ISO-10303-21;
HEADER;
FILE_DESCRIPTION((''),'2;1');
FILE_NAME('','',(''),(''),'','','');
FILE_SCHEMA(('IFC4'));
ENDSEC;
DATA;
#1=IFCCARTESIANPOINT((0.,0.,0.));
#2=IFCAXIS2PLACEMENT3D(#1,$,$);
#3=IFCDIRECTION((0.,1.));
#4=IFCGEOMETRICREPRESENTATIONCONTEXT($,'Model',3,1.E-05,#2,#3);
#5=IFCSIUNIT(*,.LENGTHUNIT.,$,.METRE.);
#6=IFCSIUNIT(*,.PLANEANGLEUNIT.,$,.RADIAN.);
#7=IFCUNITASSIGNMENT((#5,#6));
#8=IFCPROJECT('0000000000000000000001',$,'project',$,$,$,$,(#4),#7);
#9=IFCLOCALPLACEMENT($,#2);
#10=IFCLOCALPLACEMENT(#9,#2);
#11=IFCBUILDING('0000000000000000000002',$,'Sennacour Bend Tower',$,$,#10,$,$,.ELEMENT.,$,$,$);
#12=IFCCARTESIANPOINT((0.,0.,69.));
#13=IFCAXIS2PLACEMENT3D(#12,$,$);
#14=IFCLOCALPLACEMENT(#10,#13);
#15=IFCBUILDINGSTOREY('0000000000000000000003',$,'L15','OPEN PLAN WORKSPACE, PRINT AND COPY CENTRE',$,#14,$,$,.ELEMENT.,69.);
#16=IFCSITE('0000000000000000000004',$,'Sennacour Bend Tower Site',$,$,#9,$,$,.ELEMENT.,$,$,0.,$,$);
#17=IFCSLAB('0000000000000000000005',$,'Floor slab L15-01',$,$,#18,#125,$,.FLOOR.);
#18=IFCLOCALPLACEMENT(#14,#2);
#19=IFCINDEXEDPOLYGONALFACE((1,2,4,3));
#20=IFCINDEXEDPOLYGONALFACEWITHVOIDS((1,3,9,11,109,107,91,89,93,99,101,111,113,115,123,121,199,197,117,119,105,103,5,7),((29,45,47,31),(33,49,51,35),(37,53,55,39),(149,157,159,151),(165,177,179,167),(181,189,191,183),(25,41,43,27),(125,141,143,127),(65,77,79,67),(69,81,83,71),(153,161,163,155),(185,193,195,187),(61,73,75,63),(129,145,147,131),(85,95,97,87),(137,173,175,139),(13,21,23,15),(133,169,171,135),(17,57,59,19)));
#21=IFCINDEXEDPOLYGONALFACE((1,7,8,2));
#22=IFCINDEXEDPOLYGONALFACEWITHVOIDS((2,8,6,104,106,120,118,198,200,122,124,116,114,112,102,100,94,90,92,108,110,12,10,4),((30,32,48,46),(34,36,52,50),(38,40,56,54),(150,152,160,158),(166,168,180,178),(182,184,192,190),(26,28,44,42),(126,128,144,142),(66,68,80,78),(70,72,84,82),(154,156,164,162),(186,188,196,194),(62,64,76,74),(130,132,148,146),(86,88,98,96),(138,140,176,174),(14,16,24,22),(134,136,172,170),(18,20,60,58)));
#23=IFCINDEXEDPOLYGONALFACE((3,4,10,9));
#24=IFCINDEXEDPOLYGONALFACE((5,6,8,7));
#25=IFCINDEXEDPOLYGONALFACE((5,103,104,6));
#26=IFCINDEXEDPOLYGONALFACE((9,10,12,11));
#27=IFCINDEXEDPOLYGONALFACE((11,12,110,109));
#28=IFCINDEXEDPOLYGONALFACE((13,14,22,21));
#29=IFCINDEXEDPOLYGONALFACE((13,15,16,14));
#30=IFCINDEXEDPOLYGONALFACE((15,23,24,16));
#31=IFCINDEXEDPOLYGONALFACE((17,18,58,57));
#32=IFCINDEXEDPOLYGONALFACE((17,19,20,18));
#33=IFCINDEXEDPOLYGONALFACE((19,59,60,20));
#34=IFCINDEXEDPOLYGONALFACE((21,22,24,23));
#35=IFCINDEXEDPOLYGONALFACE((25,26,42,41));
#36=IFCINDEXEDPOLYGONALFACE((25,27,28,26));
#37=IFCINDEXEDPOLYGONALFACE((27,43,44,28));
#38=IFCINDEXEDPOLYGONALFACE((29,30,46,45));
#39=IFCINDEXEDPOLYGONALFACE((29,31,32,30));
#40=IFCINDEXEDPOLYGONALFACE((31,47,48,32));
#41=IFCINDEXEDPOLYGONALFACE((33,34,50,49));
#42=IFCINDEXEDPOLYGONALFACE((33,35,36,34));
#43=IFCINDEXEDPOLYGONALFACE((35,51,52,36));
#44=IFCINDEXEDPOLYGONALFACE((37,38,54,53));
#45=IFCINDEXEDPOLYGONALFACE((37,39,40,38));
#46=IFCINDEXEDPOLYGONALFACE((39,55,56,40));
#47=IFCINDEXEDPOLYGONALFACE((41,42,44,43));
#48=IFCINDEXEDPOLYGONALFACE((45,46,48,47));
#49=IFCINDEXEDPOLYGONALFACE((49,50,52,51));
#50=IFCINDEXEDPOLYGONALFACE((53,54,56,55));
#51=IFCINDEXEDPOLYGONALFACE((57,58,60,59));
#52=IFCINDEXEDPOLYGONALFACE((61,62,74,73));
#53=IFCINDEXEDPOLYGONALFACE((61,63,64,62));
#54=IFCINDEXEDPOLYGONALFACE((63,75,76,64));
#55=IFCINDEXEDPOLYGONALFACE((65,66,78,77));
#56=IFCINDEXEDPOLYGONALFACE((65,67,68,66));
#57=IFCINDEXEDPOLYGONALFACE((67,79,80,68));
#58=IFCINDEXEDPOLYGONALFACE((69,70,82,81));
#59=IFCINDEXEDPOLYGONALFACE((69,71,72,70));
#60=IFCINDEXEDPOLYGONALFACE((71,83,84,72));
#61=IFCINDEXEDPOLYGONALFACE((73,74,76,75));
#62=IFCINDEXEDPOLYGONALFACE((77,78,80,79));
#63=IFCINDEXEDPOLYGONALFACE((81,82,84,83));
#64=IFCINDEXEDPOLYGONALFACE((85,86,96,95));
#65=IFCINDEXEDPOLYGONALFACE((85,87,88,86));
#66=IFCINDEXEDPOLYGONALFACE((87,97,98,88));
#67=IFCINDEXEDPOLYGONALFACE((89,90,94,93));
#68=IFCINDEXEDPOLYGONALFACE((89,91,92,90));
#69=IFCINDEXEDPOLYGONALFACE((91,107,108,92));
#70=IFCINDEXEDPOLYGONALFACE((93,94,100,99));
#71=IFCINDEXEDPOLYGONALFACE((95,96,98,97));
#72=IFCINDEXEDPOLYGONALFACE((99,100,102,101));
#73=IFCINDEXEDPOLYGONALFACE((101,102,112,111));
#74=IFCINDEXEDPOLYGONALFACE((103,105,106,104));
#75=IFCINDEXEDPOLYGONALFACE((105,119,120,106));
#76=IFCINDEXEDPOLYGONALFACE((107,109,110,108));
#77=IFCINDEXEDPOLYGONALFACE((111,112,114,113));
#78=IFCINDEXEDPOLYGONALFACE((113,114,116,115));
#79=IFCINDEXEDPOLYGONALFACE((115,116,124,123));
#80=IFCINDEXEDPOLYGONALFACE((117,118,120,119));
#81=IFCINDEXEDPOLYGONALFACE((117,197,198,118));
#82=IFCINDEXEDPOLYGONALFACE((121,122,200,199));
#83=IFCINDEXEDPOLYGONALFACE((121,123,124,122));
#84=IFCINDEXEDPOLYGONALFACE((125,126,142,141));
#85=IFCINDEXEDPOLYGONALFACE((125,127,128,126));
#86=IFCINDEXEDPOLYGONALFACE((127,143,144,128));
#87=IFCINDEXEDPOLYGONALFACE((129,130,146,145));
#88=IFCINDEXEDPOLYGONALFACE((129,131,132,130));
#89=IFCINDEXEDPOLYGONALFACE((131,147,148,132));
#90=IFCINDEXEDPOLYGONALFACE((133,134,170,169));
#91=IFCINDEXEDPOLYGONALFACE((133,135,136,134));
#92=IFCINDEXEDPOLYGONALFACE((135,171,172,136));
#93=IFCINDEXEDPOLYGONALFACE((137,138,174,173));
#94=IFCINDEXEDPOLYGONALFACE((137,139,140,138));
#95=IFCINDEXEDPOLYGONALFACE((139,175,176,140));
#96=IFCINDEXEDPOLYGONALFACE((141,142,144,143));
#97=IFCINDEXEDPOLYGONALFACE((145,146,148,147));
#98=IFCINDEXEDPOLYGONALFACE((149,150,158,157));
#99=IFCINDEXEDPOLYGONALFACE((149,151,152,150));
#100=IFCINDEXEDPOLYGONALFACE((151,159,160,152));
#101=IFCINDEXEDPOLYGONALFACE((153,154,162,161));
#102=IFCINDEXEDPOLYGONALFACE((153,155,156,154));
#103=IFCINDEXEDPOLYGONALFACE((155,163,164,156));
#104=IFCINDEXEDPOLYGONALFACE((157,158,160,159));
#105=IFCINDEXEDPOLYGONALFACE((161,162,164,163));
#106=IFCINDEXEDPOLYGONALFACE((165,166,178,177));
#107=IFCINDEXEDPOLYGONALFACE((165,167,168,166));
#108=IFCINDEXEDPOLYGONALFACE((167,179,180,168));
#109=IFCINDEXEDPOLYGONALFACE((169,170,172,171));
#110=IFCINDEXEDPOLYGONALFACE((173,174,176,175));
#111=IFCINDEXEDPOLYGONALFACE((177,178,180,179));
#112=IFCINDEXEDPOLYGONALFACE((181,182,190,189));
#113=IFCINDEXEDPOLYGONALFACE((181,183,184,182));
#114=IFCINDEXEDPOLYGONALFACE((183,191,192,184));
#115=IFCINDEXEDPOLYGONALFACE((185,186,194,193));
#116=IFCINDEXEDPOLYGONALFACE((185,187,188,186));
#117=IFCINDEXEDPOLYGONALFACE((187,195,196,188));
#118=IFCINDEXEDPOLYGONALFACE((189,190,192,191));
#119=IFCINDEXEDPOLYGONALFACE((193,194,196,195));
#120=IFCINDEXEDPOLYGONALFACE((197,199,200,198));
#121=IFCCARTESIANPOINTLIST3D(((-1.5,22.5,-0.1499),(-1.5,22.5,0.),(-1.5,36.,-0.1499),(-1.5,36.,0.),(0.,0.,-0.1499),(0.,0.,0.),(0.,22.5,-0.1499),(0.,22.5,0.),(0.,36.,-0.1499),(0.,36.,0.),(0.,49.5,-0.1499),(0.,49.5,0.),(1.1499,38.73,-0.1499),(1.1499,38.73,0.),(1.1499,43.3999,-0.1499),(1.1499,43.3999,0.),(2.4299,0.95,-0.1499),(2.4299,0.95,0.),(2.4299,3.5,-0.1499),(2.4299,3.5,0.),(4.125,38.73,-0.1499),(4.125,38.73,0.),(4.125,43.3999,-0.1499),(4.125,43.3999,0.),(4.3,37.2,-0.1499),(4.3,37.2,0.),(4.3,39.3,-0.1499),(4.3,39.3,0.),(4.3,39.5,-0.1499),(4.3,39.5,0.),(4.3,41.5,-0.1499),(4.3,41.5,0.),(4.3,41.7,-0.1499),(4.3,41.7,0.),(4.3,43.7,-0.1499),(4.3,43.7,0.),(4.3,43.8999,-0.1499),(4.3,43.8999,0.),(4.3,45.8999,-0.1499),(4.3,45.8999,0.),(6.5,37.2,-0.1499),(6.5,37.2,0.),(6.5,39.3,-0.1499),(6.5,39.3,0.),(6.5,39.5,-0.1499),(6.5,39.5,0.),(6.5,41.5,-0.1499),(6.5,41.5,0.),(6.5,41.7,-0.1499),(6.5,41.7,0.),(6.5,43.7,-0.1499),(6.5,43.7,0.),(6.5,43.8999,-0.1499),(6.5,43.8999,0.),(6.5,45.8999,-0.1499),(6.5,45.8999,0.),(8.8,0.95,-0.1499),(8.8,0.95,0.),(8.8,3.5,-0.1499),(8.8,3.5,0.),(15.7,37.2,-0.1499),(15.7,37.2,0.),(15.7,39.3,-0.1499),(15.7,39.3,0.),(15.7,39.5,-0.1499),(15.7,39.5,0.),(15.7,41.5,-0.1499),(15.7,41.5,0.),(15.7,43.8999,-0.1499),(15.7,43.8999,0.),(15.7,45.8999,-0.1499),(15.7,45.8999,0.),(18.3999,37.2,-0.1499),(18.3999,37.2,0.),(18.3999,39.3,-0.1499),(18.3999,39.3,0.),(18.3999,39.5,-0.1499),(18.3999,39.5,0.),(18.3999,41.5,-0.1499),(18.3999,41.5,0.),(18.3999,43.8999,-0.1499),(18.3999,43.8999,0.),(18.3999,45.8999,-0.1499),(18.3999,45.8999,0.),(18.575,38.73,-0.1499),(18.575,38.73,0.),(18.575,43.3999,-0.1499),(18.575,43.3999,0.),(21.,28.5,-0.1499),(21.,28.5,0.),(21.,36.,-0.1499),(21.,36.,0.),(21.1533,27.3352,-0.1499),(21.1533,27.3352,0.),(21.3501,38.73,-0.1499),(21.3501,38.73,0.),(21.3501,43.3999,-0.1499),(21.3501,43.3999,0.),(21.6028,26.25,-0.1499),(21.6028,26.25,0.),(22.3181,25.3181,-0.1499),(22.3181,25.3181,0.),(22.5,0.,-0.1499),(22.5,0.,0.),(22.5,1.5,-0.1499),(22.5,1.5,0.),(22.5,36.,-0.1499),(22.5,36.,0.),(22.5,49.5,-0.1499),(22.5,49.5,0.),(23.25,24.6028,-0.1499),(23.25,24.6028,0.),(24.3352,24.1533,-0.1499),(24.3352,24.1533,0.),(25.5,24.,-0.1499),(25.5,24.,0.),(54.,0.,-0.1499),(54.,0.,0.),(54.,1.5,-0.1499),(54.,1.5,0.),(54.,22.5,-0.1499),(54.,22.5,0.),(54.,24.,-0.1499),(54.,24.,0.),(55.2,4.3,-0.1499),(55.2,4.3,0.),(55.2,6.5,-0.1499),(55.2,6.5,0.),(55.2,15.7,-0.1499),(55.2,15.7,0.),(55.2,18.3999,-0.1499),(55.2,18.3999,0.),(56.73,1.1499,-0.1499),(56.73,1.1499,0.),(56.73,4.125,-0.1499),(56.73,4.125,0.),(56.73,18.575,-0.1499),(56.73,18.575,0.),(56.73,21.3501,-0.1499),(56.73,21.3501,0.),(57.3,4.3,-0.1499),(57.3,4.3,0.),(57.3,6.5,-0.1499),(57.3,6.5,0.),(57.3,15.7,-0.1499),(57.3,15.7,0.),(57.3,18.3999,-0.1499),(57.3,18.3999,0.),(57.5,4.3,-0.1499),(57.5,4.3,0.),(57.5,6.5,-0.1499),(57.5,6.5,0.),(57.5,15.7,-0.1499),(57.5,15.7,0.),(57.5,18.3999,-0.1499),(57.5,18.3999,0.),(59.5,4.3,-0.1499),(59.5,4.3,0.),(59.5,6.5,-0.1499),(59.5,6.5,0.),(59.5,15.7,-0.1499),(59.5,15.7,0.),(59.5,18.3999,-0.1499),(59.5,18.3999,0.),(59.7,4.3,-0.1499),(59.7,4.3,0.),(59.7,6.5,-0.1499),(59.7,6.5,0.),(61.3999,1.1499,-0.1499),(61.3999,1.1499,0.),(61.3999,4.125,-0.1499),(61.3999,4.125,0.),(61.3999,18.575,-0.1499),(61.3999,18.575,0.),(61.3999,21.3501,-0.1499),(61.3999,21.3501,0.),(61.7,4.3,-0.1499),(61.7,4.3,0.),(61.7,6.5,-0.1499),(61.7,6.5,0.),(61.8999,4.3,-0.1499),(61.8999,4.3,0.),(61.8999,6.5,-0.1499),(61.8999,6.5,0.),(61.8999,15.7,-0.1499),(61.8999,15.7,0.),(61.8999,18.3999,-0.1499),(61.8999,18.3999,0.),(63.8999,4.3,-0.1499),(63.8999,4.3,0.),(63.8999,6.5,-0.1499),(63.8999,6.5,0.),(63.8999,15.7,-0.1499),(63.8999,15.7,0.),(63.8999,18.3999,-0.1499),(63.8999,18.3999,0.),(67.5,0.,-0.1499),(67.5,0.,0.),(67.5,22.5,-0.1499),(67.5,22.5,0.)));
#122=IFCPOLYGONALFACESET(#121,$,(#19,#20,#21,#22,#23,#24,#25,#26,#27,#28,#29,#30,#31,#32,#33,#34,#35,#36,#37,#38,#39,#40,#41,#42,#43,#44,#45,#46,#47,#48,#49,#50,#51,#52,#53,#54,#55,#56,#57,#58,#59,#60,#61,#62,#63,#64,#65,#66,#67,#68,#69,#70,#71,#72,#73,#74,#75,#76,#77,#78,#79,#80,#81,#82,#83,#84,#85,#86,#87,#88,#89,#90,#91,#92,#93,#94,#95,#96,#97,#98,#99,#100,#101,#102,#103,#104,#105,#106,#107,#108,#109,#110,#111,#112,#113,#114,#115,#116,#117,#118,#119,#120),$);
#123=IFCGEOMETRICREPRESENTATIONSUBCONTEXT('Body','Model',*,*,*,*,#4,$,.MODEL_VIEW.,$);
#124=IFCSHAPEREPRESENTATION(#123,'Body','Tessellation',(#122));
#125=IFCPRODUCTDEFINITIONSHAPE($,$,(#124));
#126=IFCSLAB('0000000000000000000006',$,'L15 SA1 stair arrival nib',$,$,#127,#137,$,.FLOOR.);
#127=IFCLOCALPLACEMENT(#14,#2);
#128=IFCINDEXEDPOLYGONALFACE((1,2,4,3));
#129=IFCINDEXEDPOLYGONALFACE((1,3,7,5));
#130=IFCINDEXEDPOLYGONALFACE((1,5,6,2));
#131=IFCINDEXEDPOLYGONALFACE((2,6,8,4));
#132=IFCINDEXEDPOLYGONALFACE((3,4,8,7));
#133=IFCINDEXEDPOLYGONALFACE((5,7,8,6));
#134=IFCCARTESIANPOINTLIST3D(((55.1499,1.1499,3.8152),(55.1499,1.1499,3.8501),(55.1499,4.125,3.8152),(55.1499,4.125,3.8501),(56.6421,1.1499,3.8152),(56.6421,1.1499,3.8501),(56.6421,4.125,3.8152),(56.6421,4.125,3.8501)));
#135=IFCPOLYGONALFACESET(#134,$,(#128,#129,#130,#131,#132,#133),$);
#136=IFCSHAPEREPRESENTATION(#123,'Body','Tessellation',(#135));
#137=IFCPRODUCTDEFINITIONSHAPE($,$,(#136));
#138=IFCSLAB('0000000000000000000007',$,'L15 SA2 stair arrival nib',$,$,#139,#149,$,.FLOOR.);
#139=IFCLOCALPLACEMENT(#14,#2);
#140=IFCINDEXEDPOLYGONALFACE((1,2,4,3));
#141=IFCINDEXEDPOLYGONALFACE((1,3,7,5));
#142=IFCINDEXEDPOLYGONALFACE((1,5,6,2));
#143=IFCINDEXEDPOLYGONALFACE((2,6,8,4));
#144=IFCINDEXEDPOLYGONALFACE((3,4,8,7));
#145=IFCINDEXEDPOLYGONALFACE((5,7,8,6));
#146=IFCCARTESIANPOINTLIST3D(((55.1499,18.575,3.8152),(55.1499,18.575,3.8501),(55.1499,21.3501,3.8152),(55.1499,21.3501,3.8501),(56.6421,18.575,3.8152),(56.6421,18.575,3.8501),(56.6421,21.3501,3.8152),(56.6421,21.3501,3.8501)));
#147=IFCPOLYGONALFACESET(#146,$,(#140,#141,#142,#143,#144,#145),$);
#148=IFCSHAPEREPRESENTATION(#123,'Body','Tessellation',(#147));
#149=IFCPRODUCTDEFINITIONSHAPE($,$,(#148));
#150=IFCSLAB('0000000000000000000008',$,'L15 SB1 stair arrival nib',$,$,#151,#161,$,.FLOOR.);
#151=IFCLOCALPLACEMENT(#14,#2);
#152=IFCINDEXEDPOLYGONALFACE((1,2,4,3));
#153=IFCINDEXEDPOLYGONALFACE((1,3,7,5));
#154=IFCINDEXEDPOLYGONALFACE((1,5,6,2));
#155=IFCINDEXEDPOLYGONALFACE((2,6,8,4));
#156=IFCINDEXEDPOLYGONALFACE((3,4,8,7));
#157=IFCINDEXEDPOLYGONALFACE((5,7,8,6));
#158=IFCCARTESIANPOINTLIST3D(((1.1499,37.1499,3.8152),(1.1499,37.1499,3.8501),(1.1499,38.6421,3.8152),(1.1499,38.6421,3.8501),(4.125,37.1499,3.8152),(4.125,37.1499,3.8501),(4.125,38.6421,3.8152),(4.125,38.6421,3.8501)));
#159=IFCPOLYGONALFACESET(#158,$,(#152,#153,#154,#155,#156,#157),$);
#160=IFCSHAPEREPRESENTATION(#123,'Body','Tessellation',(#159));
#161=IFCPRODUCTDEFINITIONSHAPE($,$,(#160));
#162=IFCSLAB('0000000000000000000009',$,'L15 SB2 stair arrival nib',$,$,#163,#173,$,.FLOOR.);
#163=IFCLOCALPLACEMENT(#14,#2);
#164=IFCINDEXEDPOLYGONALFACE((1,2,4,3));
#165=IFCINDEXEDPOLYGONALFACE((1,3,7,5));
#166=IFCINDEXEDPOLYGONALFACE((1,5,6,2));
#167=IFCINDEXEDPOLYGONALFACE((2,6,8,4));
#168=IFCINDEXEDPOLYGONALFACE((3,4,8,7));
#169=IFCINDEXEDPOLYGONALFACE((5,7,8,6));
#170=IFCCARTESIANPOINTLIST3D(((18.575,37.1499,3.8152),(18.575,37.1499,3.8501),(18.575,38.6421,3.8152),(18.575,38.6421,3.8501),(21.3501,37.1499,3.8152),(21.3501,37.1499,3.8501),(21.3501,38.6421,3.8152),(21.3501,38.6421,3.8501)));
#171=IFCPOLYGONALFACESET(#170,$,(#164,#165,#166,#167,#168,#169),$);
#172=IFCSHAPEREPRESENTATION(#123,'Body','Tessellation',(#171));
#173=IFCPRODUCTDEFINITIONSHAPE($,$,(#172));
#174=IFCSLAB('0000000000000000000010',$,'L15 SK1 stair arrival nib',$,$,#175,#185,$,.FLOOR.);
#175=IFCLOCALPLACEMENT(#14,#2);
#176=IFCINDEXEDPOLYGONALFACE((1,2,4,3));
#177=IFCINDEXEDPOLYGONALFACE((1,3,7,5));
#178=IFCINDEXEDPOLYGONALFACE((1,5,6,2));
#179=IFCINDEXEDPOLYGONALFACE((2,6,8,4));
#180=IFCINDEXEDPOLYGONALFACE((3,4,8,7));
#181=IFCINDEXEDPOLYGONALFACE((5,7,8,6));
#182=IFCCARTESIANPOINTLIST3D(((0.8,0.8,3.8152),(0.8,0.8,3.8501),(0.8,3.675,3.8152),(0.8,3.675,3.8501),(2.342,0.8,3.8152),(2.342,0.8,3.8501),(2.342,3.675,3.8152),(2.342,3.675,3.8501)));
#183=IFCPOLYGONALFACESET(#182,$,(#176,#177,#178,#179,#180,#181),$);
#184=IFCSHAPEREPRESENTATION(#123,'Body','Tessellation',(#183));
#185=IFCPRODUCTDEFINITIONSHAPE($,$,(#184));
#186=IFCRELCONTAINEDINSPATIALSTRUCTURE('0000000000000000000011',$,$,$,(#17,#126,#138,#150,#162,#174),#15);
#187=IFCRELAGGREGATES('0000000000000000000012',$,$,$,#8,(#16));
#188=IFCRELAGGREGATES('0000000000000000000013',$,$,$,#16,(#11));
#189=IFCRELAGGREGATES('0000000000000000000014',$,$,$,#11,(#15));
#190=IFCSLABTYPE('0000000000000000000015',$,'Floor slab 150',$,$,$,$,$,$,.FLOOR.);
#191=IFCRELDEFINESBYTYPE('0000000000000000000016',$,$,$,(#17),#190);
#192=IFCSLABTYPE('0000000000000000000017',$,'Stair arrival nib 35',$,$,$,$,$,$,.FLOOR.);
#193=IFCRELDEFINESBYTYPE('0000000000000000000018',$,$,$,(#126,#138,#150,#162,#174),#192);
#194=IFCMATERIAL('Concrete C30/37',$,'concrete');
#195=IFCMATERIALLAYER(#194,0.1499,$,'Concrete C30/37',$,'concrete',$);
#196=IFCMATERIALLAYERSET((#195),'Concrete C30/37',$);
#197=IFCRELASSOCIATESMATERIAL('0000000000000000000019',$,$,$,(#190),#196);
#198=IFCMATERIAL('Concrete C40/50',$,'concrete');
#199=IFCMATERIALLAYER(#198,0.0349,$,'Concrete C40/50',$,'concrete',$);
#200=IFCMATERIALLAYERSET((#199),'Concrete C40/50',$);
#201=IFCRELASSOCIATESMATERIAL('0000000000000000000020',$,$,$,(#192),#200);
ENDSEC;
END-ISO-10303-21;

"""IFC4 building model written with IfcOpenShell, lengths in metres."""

from ifc_helpers import new_model, si_unit, direction, frame, origin, place, context, subcontext, project, spatial, polyline, outline, extrude, material, layer, layer_set, type_object, element, save


model = new_model("IFC4")

# Units and contexts
model_context = context("Model", 3, precision=1e-05, world=origin(), true_north=direction((0.0, 1.0)))
body_context = subcontext(model_context, "Body", "Model", "MODEL_VIEW")
ifc_project = project(units=[si_unit("LENGTHUNIT", "METRE"), si_unit("PLANEANGLEUNIT", "RADIAN")], contexts=[model_context])

# Site, building, storey
site_placement = place(None, origin())
site = spatial("IfcSite", under=ifc_project, at=site_placement, Name="Sennacour Bend Tower Site", CompositionType="ELEMENT", RefElevation=0.0)
building_placement = place(site_placement, origin())
building = spatial("IfcBuilding", under=site, at=building_placement, Name="Sennacour Bend Tower", CompositionType="ELEMENT")
storey_placement = place(building_placement, frame((0.0, 0.0, 69.0)))
storey = spatial("IfcBuildingStorey", under=building, at=storey_placement, Name="L15", Description="OPEN PLAN WORKSPACE, PRINT AND COPY CENTRE", CompositionType="ELEMENT", Elevation=69.0)

# Slabs
ifc_material_1 = material(Name="Concrete C30/37", Category="concrete")
ifc_layer_1 = layer(ifc_material_1, 0.1499, Name="Concrete C30/37", Category="concrete")
ifc_layer_set_1 = layer_set([ifc_layer_1], Name="Concrete C30/37")
slab_type_1 = type_object("IfcSlabType", Name="Floor slab 150", PredefinedType="FLOOR", material=ifc_layer_set_1)
slab_1_placement = place(storey_placement, frame((0.0, 0.0, -0.1499)))
element("IfcSlab", 1, at=slab_1_placement, inside=storey, type_object=slab_type_1, Name="Floor slab L15-01", PredefinedType="FLOOR", context=body_context, shape_type="SweptSolid", body=[
    extrude(outline(polyline([(0.0, 22.5), (-1.5, 22.5), (-1.5, 36.0), (0.0, 36.0), (0.0, 49.5), (22.5, 49.5), (22.5, 36.0), (21.0, 36.0), (21.0, 28.5), (21.1533, 27.3352), (21.6028, 26.25), (22.3181, 25.3181), (23.25, 24.6028), (24.3352, 24.1533), (25.5, 24.0), (54.0, 24.0), (54.0, 22.5), (67.5, 22.5), (67.5, 0.0), (54.0, 0.0), (54.0, 1.5), (22.5, 1.5), (22.5, 0.0), (0.0, 0.0), (0.0, 22.5)]), holes=[polyline([(8.8, 0.95), (8.8, 3.5), (2.4299, 3.5), (2.4299, 0.95), (8.8, 0.95)]), polyline([(6.5, 37.2), (6.5, 39.3), (4.3, 39.3), (4.3, 37.2), (6.5, 37.2)]), polyline([(18.3999, 37.2), (18.3999, 39.3), (15.7, 39.3), (15.7, 37.2), (18.3999, 37.2)]), polyline([(6.5, 39.5), (6.5, 41.5), (4.3, 41.5), (4.3, 39.5), (6.5, 39.5)]), polyline([(18.3999, 39.5), (18.3999, 41.5), (15.7, 41.5), (15.7, 39.5), (18.3999, 39.5)]), polyline([(4.125, 38.73), (4.125, 43.3999), (1.1499, 43.3999), (1.1499, 38.73), (4.125, 38.73)]), polyline([(21.3501, 38.73), (21.3501, 43.3999), (18.575, 43.3999), (18.575, 38.73), (21.3501, 38.73)]), polyline([(4.3, 41.7), (6.5, 41.7), (6.5, 43.7), (4.3, 43.7), (4.3, 41.7)]), polyline([(4.3, 43.8999), (6.5, 43.8999), (6.5, 45.8999), (4.3, 45.8999), (4.3, 43.8999)]), polyline([(18.3999, 43.8999), (18.3999, 45.8999), (15.7, 45.8999), (15.7, 43.8999), (18.3999, 43.8999)]), polyline([(61.3999, 1.1499), (61.3999, 4.125), (56.73, 4.125), (56.73, 1.1499), (61.3999, 1.1499)]), polyline([(57.3, 4.3), (57.3, 6.5), (55.2, 6.5), (55.2, 4.3), (57.3, 4.3)]), polyline([(57.5, 4.3), (59.5, 4.3), (59.5, 6.5), (57.5, 6.5), (57.5, 4.3)]), polyline([(59.7, 4.3), (61.7, 4.3), (61.7, 6.5), (59.7, 6.5), (59.7, 4.3)]), polyline([(63.8999, 4.3), (63.8999, 6.5), (61.8999, 6.5), (61.8999, 4.3), (63.8999, 4.3)]), polyline([(57.3, 15.7), (57.3, 18.3999), (55.2, 18.3999), (55.2, 15.7), (57.3, 15.7)]), polyline([(59.5, 15.7), (59.5, 18.3999), (57.5, 18.3999), (57.5, 15.7), (59.5, 15.7)]), polyline([(61.8999, 15.7), (63.8999, 15.7), (63.8999, 18.3999), (61.8999, 18.3999), (61.8999, 15.7)]), polyline([(56.73, 18.575), (61.3999, 18.575), (61.3999, 21.3501), (56.73, 21.3501), (56.73, 18.575)])]), origin(), (0.0, 0.0, 1.0), 0.1499),
])
ifc_material_2 = material(Name="Concrete C40/50", Category="concrete")
ifc_layer_2 = layer(ifc_material_2, 0.0349, Name="Concrete C40/50", Category="concrete")
ifc_layer_set_2 = layer_set([ifc_layer_2], Name="Concrete C40/50")
slab_type_2 = type_object("IfcSlabType", Name="Stair arrival nib 35", PredefinedType="FLOOR", material=ifc_layer_set_2)
slab_2_placement = place(storey_placement, frame((0.0, 0.0, 3.8152)))
element("IfcSlab", 2, at=slab_2_placement, inside=storey, type_object=slab_type_2, Name="L15 SA1 stair arrival nib", PredefinedType="FLOOR", context=body_context, shape_type="SweptSolid", body=[
    extrude(outline(polyline([(56.6421, 4.125), (55.1499, 4.125), (55.1499, 1.1499), (56.6421, 1.1499), (56.6421, 4.125)])), origin(), (0.0, 0.0, 1.0), 0.0349),
])
slab_3_placement = place(storey_placement, frame((0.0, 0.0, 3.8152)))
element("IfcSlab", 3, at=slab_3_placement, inside=storey, type_object=slab_type_2, Name="L15 SA2 stair arrival nib", PredefinedType="FLOOR", context=body_context, shape_type="SweptSolid", body=[
    extrude(outline(polyline([(56.6421, 21.3501), (55.1499, 21.3501), (55.1499, 18.575), (56.6421, 18.575), (56.6421, 21.3501)])), origin(), (0.0, 0.0, 1.0), 0.0349),
])
slab_4_placement = place(storey_placement, frame((0.0, 0.0, 3.8152)))
element("IfcSlab", 4, at=slab_4_placement, inside=storey, type_object=slab_type_2, Name="L15 SB1 stair arrival nib", PredefinedType="FLOOR", context=body_context, shape_type="SweptSolid", body=[
    extrude(outline(polyline([(1.1499, 38.6421), (1.1499, 37.1499), (4.125, 37.1499), (4.125, 38.6421), (1.1499, 38.6421)])), origin(), (0.0, 0.0, 1.0), 0.0349),
])
slab_5_placement = place(storey_placement, frame((0.0, 0.0, 3.8152)))
element("IfcSlab", 5, at=slab_5_placement, inside=storey, type_object=slab_type_2, Name="L15 SB2 stair arrival nib", PredefinedType="FLOOR", context=body_context, shape_type="SweptSolid", body=[
    extrude(outline(polyline([(18.575, 38.6421), (18.575, 37.1499), (21.3501, 37.1499), (21.3501, 38.6421), (18.575, 38.6421)])), origin(), (0.0, 0.0, 1.0), 0.0349),
])
slab_6_placement = place(storey_placement, frame((0.0, 0.0, 3.8152)))
element("IfcSlab", 6, at=slab_6_placement, inside=storey, type_object=slab_type_2, Name="L15 SK1 stair arrival nib", PredefinedType="FLOOR", context=body_context, shape_type="SweptSolid", body=[
    extrude(outline(polyline([(2.342, 3.675), (0.8, 3.675), (0.8, 0.8), (2.342, 0.8), (2.342, 3.675)])), origin(), (0.0, 0.0, 1.0), 0.0349),
])

save(model, "model.ifc")
